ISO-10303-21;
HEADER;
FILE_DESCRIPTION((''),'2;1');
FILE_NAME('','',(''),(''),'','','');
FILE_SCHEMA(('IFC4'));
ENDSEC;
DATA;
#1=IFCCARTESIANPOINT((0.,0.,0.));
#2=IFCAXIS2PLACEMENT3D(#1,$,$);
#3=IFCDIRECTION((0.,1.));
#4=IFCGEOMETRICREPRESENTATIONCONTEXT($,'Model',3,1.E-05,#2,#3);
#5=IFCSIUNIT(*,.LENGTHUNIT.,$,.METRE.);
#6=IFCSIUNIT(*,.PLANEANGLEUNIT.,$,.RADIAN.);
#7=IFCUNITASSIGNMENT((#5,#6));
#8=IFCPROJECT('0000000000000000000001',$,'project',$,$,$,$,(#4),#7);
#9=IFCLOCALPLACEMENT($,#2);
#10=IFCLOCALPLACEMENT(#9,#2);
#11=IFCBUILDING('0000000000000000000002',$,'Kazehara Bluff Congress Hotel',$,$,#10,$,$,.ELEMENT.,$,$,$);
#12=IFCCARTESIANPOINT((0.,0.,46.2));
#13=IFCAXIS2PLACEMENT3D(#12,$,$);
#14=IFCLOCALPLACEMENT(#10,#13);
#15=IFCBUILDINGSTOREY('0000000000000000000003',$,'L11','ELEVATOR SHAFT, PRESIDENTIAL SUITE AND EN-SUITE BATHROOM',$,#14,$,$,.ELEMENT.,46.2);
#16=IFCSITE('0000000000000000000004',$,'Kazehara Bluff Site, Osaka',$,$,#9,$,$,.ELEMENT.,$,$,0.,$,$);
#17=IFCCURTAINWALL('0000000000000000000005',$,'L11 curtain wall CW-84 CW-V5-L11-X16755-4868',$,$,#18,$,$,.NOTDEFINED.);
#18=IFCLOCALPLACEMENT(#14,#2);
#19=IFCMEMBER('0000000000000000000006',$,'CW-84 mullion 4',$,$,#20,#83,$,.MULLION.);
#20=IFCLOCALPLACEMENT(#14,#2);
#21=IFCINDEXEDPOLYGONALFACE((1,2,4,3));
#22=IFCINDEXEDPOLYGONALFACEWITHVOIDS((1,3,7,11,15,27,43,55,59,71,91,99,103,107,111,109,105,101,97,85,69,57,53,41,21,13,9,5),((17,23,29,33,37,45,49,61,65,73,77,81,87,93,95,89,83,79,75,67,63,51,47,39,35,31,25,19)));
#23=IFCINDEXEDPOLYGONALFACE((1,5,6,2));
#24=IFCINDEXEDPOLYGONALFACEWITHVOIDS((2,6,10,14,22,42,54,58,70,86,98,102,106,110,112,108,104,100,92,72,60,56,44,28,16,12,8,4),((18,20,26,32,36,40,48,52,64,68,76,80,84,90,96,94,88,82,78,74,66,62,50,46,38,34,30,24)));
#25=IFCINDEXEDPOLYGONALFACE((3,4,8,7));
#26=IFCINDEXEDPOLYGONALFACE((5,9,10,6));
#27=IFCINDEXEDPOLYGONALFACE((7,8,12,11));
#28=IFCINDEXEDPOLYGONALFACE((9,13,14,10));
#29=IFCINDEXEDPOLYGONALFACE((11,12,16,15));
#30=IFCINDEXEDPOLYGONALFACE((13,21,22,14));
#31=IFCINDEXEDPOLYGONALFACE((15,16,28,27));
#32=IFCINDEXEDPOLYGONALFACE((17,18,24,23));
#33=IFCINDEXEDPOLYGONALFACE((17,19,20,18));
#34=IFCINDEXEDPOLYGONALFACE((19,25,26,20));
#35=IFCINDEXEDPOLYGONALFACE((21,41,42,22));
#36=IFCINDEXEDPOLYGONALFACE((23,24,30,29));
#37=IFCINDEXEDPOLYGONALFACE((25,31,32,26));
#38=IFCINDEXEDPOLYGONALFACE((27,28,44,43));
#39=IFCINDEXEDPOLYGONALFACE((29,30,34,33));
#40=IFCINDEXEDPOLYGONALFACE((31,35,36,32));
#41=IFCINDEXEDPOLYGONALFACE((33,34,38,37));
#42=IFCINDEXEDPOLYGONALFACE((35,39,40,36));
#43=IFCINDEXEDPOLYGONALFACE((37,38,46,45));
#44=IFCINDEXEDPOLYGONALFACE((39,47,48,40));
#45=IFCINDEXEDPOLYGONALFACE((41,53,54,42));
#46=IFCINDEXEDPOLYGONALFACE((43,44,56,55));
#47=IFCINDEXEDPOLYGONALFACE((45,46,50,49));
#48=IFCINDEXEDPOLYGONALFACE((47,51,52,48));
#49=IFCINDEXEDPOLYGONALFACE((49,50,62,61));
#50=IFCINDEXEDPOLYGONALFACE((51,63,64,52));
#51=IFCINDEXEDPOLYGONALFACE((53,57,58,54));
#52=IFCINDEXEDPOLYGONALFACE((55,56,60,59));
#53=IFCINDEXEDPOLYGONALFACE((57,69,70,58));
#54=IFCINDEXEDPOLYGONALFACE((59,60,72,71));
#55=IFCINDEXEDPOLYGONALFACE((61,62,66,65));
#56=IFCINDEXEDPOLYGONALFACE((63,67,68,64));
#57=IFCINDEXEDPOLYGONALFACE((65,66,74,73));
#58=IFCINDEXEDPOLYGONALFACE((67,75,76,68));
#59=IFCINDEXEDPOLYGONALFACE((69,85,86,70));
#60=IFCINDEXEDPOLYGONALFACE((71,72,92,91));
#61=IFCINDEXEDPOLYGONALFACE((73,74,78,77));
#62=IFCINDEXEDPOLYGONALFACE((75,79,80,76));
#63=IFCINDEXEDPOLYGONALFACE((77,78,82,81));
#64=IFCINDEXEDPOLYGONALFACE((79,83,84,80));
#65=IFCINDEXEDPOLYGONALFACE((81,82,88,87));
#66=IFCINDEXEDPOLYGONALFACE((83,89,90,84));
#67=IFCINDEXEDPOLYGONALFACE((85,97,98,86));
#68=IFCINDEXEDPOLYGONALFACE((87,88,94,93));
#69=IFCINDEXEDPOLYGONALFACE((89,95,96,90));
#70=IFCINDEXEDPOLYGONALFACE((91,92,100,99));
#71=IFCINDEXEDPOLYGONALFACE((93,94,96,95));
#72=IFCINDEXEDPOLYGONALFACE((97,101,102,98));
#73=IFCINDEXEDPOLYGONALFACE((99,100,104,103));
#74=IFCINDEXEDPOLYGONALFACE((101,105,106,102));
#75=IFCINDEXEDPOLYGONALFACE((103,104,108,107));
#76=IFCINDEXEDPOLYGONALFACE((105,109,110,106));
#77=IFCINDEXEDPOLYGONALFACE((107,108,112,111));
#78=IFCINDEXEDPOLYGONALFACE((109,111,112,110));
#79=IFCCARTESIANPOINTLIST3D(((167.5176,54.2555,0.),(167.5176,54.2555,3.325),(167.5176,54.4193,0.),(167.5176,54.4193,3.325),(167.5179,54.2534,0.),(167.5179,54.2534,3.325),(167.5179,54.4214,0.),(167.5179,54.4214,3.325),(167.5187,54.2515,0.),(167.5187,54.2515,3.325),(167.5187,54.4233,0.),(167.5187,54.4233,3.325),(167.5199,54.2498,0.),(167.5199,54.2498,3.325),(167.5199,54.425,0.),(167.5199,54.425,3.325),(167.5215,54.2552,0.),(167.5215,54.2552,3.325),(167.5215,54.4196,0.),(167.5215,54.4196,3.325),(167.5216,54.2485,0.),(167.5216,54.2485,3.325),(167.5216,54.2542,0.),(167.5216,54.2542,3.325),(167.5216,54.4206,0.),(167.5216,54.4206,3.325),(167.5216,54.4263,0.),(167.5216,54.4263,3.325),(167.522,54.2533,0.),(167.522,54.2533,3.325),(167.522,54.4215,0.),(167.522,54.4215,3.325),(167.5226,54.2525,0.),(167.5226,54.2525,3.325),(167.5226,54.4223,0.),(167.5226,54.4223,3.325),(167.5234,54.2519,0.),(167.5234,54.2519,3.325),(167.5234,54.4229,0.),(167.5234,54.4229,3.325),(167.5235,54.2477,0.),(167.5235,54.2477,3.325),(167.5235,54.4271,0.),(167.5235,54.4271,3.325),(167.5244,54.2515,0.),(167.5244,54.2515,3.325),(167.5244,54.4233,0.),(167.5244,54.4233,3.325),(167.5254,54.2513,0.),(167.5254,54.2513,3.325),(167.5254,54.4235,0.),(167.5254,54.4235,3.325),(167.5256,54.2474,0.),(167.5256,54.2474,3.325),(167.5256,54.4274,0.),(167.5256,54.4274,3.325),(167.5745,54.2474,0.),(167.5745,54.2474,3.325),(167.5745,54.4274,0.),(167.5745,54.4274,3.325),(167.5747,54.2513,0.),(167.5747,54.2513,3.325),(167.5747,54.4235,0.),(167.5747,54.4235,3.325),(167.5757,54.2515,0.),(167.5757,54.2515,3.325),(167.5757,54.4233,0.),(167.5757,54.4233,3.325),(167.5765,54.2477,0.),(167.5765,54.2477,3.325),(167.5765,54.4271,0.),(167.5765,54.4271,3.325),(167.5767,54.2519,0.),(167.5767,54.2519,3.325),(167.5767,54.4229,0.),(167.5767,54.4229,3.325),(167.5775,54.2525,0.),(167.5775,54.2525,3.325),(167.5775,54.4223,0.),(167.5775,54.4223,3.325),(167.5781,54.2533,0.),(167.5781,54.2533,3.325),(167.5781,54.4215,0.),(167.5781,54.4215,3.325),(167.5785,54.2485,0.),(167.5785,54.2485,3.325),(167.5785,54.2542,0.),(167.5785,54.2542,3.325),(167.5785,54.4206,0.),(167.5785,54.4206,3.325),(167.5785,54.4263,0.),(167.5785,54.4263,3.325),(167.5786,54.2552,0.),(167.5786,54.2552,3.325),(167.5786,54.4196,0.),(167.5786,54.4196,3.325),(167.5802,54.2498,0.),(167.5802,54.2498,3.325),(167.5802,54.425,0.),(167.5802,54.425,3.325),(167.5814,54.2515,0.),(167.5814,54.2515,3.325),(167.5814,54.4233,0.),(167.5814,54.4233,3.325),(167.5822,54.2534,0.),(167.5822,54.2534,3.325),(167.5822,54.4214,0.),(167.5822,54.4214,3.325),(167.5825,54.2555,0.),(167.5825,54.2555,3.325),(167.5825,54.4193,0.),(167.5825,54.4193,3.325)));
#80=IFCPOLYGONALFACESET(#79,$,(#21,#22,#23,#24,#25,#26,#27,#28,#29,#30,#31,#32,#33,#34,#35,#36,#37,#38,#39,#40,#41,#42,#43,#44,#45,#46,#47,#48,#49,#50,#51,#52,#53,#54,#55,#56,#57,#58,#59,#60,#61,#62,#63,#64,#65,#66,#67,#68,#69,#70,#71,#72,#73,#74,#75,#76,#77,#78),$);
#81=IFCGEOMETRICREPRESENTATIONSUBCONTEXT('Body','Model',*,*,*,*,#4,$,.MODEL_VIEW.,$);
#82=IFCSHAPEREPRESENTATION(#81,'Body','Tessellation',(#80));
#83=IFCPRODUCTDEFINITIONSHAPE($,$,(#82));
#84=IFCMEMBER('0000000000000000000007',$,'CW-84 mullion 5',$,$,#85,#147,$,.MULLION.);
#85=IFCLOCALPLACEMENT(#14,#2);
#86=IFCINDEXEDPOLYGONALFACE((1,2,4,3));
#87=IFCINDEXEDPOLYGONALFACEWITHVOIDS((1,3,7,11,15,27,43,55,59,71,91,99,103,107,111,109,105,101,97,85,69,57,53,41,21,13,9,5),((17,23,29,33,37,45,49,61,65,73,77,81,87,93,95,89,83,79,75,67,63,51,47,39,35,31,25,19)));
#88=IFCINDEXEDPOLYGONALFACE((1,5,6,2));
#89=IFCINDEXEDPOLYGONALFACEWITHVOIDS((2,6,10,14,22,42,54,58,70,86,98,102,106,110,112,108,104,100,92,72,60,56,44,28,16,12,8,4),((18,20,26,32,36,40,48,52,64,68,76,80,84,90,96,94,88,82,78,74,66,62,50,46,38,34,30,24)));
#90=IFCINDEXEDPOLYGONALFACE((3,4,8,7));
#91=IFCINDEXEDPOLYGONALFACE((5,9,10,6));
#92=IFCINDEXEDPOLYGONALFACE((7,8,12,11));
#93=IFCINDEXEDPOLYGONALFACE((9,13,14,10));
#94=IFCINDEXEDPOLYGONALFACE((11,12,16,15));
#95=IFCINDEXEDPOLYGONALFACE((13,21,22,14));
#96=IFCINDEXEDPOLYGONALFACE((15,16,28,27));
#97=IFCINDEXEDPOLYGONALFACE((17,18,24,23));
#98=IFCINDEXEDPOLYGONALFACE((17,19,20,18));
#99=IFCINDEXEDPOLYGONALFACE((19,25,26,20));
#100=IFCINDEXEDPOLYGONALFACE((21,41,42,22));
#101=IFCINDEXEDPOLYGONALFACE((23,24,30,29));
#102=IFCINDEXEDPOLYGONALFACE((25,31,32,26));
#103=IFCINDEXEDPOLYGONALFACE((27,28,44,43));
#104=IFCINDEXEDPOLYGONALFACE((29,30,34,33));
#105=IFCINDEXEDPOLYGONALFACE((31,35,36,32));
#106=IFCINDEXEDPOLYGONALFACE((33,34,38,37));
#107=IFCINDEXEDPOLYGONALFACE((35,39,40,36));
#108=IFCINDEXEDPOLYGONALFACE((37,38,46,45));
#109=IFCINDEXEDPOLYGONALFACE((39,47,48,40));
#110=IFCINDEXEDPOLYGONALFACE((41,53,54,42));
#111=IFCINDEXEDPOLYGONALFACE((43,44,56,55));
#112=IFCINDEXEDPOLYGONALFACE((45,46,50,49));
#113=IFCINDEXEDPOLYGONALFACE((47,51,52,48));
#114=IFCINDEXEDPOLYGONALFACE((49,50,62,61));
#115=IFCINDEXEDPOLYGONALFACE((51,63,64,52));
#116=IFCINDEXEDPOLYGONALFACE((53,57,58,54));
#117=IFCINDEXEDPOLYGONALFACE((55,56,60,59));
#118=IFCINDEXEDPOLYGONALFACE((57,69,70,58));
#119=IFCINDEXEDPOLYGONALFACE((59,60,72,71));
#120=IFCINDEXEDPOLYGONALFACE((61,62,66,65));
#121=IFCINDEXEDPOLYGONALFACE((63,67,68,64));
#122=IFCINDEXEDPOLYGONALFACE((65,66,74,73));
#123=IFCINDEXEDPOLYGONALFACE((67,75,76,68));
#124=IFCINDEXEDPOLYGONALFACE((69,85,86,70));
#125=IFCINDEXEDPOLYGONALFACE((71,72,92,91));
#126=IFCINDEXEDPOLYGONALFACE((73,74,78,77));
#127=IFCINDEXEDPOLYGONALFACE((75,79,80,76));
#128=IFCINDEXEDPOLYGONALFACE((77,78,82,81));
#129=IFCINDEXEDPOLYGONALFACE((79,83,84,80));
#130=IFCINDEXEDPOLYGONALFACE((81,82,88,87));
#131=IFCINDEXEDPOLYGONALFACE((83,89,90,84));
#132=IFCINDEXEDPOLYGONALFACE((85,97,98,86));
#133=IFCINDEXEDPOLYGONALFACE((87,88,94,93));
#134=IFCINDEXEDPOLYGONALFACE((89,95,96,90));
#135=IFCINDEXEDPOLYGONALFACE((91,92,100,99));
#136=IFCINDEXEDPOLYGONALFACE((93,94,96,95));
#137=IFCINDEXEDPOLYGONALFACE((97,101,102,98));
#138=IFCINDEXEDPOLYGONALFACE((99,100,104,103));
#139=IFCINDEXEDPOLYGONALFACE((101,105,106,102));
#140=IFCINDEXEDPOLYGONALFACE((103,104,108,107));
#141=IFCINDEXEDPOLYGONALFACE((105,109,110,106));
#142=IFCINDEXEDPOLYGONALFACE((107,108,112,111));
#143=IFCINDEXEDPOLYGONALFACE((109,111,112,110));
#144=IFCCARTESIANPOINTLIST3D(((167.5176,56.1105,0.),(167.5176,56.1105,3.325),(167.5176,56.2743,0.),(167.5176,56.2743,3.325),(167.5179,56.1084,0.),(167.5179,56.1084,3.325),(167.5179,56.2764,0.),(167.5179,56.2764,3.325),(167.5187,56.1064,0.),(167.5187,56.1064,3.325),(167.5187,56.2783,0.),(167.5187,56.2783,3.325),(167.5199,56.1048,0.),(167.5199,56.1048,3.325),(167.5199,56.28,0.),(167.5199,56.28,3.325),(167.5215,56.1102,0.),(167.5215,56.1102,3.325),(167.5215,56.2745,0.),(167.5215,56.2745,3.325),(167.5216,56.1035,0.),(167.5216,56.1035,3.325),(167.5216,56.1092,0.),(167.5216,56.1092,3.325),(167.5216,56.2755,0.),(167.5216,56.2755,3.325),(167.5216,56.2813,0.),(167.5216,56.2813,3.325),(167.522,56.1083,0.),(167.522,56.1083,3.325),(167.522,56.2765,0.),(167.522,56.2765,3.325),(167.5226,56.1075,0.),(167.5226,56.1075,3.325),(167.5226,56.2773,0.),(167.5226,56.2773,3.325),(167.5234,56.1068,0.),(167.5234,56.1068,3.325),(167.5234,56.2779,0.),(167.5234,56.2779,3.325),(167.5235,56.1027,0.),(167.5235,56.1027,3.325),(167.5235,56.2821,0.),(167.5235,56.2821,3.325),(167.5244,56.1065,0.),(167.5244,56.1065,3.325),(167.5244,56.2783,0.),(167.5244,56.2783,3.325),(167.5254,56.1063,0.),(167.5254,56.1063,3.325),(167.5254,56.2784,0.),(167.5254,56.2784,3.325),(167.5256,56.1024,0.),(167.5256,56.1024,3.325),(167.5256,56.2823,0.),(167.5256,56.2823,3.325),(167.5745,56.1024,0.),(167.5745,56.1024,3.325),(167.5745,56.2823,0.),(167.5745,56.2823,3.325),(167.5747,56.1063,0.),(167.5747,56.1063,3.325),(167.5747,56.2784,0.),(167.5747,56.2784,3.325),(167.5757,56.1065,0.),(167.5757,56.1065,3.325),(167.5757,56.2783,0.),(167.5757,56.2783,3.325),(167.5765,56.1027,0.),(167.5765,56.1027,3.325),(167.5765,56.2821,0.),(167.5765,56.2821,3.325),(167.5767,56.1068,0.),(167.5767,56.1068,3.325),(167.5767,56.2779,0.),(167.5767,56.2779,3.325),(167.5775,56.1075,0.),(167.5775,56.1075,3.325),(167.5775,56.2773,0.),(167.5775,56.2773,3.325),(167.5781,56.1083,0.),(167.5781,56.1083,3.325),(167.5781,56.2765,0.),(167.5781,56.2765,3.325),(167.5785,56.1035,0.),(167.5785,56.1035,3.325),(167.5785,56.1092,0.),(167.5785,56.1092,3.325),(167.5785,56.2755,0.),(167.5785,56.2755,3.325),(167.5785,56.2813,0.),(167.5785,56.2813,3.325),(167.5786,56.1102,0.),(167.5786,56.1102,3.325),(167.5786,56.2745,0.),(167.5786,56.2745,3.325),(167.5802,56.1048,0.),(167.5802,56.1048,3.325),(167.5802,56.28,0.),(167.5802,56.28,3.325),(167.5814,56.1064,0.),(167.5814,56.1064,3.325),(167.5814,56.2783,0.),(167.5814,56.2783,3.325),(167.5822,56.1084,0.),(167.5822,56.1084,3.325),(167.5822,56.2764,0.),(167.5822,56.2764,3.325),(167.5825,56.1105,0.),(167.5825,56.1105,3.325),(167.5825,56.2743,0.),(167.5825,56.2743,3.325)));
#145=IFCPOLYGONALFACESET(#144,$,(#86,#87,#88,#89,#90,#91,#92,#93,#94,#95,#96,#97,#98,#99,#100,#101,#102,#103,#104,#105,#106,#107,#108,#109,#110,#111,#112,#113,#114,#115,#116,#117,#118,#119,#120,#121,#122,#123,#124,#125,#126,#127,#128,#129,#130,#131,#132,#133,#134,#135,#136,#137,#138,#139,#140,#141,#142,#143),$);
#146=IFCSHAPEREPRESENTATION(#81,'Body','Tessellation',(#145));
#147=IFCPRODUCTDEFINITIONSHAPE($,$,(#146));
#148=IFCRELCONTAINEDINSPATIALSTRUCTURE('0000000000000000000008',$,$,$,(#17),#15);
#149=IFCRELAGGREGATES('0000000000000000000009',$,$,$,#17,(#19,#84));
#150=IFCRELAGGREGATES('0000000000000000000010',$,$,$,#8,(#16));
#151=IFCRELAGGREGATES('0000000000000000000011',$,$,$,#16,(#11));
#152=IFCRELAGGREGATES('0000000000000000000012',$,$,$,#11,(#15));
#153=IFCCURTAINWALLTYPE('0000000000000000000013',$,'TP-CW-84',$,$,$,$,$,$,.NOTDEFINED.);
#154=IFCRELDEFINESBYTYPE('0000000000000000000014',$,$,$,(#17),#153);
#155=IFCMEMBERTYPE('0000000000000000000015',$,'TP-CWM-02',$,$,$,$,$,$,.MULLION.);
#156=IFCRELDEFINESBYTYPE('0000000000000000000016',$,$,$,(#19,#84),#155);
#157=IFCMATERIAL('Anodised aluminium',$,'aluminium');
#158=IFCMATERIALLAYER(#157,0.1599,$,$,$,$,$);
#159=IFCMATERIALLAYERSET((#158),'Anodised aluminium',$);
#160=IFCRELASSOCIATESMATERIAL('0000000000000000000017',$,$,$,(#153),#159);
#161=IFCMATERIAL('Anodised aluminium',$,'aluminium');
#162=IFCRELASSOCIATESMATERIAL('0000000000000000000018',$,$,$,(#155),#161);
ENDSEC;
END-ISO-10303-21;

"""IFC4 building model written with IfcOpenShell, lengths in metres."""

from ifc_helpers import new_model, si_unit, direction, frame, origin, origin_2d, place, context, subcontext, project, spatial, hollow_rectangle, extrude, material, layer, layer_set, material_profile, profile_set, type_object, element, aggregate, save


model = new_model("IFC4")

# Units and contexts
model_context = context("Model", 3, precision=1e-05, world=origin(), true_north=direction((0.0, 1.0)))
body_context = subcontext(model_context, "Body", "Model", "MODEL_VIEW")
ifc_project = project(units=[si_unit("LENGTHUNIT", "METRE"), si_unit("PLANEANGLEUNIT", "RADIAN")], contexts=[model_context])

# Site, building, storey
site_placement = place(None, origin())
site = spatial("IfcSite", under=ifc_project, at=site_placement, Name="Kazehara Bluff Site, Osaka", CompositionType="ELEMENT", RefElevation=0.0)
building_placement = place(site_placement, origin())
building = spatial("IfcBuilding", under=site, at=building_placement, Name="Kazehara Bluff Congress Hotel", CompositionType="ELEMENT")
storey_placement = place(building_placement, frame((0.0, 0.0, 46.2)))
storey = spatial("IfcBuildingStorey", under=building, at=storey_placement, Name="L11", Description="ELEVATOR SHAFT, PRESIDENTIAL SUITE AND EN-SUITE BATHROOM", CompositionType="ELEMENT", Elevation=46.2)

# Curtain wall, members
ifc_material_1 = material(Name="Anodised aluminium", Category="aluminium")
ifc_layer_1 = layer(ifc_material_1, 0.1599)
ifc_layer_set_1 = layer_set([ifc_layer_1], Name="Anodised aluminium")
curtain_wall_type = type_object("IfcCurtainWallType", Name="TP-CW-84", PredefinedType="NOTDEFINED", material=ifc_layer_set_1)
curtain_wall_placement = place(storey_placement, origin())
curtain_wall = element("IfcCurtainWall", 1, at=curtain_wall_placement, inside=storey, type_object=curtain_wall_type, Name="L11 curtain wall CW-84 CW-V5-L11-X16755-4868", PredefinedType="NOTDEFINED")
ifc_material_2 = material(Name="Anodised aluminium", Category="aluminium")
ifc_material_profile_1 = material_profile(ifc_material_2, hollow_rectangle(XDim=0.0649, YDim=0.1799, WallThickness=0.0039, InnerFilletRadius=0.0039, OuterFilletRadius=0.0081, at=origin_2d()))
ifc_profile_set_1 = profile_set([ifc_material_profile_1], Name="Anodised aluminium")
member_type_1 = type_object("IfcMemberType", Name="TP-CWM-02", PredefinedType="MULLION", material=ifc_profile_set_1)
member_1_placement = place(storey_placement, frame((167.55, 54.3374, 0.0), z_axis=(0.0, 0.0, 1.0), x_axis=(-1.0, 0.0, 0.0)))
member_1 = element("IfcMember", 2, at=member_1_placement, type_object=member_type_1, Name="CW-84 mullion 4", PredefinedType="MULLION", context=body_context, shape_type="SweptSolid", body=[
    extrude(hollow_rectangle(XDim=0.0649, YDim=0.1799, WallThickness=0.0039, InnerFilletRadius=0.0039, OuterFilletRadius=0.0081, at=origin_2d()), origin(), (0.0, 0.0, 1.0), 3.325),
])
member_2_placement = place(storey_placement, frame((167.55, 56.1924, 0.0), z_axis=(0.0, 0.0, 1.0), x_axis=(-1.0, 0.0, 0.0)))
member_2 = element("IfcMember", 3, at=member_2_placement, type_object=member_type_1, Name="CW-84 mullion 5", PredefinedType="MULLION", context=body_context, shape_type="SweptSolid", body=[
    extrude(hollow_rectangle(XDim=0.0649, YDim=0.1799, WallThickness=0.0039, InnerFilletRadius=0.0039, OuterFilletRadius=0.0081, at=origin_2d()), origin(), (0.0, 0.0, 1.0), 3.325),
])

aggregate(curtain_wall, [member_1, member_2])

save(model, "model.ifc")
